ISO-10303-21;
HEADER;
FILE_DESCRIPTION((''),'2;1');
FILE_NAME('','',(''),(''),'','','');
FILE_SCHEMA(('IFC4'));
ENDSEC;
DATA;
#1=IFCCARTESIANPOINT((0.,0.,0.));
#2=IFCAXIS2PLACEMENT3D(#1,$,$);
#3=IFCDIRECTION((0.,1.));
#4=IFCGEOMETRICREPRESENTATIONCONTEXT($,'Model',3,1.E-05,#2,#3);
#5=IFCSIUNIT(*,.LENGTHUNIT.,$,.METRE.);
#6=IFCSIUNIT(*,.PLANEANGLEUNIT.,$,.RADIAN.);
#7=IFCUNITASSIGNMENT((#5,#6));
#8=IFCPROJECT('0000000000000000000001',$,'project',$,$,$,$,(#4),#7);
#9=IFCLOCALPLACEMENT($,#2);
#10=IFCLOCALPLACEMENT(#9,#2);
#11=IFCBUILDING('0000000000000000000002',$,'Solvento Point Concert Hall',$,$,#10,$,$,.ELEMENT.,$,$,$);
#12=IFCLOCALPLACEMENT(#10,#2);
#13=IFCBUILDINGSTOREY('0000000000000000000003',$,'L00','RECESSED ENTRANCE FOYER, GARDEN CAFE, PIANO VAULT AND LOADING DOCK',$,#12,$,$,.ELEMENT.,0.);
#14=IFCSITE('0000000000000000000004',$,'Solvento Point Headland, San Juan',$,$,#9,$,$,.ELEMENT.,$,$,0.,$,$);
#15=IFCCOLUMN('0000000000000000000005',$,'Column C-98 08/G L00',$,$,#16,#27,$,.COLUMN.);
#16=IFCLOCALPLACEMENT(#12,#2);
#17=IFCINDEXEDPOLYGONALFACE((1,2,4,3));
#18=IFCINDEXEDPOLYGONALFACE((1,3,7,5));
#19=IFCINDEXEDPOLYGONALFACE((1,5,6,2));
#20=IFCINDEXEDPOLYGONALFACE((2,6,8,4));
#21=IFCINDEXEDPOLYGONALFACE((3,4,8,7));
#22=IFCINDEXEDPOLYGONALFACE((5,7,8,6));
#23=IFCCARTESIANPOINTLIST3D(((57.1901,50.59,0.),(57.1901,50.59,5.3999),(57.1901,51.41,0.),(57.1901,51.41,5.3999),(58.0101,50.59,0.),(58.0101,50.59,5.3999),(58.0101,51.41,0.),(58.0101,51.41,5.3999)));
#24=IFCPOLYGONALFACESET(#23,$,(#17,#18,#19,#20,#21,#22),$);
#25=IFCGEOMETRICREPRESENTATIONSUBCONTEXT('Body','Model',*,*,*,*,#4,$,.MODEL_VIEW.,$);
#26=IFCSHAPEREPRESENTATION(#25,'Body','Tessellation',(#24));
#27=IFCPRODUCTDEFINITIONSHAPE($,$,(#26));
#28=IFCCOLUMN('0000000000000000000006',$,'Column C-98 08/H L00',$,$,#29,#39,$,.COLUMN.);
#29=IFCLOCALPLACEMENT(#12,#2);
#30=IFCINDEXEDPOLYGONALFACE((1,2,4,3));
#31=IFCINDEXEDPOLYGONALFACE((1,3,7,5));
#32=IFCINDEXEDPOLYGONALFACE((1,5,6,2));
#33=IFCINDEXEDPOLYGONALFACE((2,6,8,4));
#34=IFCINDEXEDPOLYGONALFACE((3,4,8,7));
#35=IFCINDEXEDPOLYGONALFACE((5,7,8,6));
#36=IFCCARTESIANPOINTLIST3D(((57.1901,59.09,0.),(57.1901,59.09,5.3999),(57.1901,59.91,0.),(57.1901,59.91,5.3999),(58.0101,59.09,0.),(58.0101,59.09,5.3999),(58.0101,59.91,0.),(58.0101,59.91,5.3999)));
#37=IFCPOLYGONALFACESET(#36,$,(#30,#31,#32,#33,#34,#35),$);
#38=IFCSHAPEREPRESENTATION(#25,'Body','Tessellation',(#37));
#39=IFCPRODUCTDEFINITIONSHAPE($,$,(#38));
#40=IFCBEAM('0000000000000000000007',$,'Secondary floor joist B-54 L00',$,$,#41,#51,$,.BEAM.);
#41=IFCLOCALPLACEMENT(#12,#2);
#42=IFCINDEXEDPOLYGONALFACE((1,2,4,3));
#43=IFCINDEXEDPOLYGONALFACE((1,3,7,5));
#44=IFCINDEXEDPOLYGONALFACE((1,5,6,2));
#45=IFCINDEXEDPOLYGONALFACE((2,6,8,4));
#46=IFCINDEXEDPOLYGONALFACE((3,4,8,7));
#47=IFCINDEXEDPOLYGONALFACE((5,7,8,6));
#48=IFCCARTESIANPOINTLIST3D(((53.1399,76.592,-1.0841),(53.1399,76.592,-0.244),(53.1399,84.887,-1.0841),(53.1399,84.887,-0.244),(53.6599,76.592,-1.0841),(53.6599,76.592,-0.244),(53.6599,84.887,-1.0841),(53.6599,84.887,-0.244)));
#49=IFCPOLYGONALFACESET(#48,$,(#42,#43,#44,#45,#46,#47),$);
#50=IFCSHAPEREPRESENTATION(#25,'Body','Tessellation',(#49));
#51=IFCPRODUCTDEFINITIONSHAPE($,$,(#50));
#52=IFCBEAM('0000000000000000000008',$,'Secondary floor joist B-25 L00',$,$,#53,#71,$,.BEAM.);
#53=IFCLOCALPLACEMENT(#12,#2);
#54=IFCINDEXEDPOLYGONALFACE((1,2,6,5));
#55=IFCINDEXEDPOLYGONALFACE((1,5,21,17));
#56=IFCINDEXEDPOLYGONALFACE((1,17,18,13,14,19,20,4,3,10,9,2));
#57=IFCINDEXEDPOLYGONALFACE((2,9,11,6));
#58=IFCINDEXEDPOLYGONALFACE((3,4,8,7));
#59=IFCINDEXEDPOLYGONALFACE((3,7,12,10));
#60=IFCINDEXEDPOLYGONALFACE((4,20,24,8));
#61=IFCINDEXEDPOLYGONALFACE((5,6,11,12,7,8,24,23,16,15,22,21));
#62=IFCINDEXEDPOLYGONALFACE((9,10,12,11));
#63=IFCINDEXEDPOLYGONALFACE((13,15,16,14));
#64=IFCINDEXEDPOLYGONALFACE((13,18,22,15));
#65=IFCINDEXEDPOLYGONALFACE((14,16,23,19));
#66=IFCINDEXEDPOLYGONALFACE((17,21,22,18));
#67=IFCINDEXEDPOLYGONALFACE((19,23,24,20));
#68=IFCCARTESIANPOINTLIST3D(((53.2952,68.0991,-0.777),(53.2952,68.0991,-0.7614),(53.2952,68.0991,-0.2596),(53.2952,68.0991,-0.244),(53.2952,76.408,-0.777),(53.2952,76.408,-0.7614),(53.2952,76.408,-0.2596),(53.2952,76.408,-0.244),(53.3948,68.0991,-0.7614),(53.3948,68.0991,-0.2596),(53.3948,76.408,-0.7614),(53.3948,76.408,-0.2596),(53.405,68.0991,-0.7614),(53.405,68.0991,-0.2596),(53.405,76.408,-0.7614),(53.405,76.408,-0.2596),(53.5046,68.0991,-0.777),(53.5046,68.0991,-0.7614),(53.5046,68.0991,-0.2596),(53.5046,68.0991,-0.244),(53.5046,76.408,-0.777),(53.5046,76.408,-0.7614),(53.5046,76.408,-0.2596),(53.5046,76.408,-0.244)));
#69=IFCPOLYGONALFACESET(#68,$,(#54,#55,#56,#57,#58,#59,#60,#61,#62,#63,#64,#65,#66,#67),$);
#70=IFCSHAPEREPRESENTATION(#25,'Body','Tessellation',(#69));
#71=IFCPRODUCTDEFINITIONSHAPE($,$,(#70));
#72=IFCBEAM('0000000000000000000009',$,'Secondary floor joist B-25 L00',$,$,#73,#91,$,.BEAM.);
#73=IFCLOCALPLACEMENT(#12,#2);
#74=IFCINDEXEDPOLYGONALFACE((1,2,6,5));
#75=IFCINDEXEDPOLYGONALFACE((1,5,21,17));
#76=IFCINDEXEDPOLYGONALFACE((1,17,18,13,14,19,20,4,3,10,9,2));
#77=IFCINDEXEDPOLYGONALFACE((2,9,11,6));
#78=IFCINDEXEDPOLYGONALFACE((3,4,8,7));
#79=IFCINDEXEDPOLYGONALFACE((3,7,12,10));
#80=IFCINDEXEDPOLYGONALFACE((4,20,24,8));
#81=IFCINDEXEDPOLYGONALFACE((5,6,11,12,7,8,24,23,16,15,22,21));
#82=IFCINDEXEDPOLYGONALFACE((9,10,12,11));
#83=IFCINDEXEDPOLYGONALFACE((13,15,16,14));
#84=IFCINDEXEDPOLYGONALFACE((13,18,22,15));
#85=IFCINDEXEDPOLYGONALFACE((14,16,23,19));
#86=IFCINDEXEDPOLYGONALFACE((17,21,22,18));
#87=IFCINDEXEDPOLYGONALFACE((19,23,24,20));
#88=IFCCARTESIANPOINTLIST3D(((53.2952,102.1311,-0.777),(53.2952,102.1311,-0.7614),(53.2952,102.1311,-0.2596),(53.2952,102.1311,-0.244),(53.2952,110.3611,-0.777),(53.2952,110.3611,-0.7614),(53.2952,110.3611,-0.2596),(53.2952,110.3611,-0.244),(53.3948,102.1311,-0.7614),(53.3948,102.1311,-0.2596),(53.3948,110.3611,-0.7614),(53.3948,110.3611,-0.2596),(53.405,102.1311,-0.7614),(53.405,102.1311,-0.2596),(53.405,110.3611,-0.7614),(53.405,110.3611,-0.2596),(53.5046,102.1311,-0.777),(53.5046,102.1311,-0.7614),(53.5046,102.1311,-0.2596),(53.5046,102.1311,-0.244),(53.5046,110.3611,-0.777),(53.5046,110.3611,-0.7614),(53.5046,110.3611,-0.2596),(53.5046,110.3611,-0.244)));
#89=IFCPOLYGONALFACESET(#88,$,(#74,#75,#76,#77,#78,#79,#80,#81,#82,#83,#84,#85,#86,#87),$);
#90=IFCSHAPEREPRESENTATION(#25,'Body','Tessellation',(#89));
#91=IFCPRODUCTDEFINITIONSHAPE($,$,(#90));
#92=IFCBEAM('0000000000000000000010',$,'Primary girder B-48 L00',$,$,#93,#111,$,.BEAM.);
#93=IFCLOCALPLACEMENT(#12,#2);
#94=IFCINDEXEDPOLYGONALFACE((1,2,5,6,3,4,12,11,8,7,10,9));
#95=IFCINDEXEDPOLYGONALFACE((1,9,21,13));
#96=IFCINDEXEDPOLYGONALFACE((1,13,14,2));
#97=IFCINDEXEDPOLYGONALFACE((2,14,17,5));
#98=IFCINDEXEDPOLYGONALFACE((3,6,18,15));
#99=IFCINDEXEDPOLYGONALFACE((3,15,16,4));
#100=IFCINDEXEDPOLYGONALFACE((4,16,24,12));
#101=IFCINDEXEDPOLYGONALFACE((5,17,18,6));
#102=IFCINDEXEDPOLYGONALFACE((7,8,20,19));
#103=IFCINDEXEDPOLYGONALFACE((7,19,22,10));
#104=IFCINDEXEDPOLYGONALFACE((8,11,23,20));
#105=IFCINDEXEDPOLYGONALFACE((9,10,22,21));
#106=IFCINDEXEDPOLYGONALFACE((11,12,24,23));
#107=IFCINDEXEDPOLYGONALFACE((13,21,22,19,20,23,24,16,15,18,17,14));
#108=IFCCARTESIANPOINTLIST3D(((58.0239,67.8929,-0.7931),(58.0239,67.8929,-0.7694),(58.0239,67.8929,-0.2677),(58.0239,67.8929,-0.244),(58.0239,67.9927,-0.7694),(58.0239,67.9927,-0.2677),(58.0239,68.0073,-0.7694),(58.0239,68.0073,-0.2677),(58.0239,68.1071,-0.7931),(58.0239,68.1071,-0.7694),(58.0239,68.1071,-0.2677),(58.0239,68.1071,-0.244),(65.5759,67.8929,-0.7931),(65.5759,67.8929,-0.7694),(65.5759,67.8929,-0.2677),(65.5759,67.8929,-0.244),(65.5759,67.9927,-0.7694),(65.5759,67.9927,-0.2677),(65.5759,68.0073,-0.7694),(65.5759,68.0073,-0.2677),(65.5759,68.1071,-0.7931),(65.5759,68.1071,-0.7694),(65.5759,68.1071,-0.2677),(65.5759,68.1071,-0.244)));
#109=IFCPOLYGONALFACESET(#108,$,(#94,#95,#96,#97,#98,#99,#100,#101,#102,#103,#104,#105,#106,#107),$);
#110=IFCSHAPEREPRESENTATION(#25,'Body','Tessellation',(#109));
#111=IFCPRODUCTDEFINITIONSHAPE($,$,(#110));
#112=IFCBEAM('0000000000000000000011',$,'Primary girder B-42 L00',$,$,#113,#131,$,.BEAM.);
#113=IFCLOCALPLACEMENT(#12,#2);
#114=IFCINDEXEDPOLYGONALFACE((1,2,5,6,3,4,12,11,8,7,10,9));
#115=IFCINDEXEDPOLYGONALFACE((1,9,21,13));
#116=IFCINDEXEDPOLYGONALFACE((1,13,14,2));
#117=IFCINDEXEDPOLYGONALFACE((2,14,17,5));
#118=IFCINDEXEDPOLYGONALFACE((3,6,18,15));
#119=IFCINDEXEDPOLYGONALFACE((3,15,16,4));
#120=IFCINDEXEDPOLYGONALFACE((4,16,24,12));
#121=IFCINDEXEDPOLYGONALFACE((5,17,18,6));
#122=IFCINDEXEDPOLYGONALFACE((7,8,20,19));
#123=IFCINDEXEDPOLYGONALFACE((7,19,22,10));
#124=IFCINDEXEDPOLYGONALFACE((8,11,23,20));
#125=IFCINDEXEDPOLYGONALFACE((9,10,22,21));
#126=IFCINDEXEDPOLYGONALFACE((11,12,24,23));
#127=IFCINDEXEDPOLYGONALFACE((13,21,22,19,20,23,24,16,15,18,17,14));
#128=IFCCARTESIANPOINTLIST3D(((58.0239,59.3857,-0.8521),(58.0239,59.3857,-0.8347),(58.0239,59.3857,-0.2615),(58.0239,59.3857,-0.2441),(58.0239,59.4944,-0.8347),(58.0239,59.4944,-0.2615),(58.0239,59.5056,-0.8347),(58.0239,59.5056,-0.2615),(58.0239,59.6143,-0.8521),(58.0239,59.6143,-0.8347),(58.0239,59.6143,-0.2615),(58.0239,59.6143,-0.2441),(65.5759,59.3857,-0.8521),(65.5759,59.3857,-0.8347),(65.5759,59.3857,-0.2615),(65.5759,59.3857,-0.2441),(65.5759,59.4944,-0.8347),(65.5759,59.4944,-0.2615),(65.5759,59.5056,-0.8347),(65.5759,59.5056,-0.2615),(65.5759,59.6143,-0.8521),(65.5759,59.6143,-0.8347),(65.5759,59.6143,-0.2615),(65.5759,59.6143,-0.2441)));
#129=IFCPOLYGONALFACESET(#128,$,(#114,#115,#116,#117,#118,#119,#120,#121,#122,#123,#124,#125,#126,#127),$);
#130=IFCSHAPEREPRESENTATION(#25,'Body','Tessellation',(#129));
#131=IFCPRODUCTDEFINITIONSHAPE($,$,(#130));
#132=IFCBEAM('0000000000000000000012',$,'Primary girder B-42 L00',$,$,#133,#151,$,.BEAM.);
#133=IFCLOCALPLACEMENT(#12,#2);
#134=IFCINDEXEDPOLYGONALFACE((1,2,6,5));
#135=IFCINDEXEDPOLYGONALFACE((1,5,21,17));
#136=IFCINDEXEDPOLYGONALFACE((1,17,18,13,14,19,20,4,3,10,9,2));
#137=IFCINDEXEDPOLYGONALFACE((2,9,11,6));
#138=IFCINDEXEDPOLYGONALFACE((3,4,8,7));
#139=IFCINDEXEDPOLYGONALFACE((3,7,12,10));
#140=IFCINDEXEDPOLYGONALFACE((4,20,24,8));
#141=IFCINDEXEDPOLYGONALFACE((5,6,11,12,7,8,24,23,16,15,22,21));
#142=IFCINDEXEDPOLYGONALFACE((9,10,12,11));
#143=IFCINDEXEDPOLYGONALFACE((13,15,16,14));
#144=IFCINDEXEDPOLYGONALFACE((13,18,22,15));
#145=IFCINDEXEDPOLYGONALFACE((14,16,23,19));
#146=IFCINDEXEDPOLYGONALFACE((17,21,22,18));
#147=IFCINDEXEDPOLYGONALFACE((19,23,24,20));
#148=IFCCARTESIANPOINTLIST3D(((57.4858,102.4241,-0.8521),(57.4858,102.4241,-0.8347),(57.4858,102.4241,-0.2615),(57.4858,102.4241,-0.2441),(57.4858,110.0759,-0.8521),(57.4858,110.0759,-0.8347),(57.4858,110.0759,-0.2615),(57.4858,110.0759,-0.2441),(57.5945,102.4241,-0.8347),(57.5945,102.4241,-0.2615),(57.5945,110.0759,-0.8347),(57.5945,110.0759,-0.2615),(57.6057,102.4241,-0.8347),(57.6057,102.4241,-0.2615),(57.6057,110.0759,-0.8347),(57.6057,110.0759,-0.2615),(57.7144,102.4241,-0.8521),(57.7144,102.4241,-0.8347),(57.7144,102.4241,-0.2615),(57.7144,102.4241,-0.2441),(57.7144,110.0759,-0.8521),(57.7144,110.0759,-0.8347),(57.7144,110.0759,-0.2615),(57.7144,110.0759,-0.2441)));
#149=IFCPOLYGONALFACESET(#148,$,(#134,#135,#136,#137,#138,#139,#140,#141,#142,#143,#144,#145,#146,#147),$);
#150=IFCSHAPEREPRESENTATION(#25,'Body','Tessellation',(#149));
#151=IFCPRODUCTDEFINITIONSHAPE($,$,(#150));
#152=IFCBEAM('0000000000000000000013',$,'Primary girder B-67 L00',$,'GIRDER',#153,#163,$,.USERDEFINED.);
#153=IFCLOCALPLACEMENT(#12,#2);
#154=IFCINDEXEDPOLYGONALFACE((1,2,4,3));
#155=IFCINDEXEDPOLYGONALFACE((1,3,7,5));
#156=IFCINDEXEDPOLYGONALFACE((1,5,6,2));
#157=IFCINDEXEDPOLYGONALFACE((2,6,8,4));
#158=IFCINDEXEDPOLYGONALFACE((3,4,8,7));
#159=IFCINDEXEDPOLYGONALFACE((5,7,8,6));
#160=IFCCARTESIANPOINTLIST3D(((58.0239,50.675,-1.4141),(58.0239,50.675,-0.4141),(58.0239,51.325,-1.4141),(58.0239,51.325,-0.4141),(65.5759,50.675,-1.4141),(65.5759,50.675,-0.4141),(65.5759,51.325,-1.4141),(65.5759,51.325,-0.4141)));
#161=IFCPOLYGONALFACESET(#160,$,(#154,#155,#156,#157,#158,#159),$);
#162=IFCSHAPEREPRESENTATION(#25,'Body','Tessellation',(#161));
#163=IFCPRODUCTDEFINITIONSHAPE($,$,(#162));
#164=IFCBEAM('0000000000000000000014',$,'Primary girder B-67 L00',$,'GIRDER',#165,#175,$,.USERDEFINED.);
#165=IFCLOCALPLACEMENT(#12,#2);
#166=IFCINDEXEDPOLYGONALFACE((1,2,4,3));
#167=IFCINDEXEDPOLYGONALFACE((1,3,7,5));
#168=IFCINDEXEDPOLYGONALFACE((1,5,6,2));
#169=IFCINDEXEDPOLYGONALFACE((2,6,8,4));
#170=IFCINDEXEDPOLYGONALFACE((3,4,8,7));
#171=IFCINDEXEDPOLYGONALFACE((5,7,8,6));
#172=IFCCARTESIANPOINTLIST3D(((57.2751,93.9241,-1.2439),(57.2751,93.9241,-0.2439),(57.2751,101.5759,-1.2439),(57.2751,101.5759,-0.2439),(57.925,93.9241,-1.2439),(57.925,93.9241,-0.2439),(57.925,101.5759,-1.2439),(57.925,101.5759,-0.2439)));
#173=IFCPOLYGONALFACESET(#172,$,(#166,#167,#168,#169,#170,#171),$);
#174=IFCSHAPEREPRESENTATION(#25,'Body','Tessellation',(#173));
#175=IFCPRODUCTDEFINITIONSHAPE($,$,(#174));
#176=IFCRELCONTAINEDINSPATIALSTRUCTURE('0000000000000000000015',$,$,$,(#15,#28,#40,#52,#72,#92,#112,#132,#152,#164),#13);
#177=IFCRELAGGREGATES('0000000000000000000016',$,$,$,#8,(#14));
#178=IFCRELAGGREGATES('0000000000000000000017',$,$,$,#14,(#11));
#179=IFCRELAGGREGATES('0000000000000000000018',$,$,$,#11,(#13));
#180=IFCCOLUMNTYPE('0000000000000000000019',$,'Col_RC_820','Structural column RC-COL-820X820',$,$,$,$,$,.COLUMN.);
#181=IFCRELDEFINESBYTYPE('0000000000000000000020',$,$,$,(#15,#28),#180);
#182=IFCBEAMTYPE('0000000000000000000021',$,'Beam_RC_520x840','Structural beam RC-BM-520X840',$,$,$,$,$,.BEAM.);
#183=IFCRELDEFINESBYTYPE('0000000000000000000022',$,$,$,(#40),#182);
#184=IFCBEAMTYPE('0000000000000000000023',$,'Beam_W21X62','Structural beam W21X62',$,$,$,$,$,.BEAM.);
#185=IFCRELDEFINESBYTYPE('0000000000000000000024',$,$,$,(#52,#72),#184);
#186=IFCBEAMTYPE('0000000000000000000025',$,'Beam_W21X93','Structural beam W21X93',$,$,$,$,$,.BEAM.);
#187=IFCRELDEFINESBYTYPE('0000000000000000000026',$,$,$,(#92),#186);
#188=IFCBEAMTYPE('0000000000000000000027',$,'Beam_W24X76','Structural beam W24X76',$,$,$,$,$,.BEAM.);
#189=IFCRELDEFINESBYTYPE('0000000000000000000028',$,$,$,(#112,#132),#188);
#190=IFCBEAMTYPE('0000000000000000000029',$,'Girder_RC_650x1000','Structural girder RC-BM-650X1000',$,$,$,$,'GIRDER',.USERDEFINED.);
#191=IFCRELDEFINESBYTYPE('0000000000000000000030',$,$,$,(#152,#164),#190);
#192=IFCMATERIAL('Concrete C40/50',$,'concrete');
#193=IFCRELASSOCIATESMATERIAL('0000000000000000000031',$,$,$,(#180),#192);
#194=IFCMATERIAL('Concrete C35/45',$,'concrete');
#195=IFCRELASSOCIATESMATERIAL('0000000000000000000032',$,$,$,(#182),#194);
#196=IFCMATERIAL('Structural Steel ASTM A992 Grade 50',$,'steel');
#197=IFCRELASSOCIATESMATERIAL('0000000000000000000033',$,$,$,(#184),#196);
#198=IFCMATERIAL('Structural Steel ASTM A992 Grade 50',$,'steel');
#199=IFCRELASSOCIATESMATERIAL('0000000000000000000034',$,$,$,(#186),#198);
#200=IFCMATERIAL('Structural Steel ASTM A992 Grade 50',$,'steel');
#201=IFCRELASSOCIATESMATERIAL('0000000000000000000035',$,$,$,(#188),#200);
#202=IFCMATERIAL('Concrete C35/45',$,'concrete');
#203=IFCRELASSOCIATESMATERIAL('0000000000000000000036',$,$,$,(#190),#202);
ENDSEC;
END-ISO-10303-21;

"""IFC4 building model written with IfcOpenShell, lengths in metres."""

from ifc_helpers import new_model, si_unit, direction, frame, origin, origin_2d, place, context, subcontext, project, spatial, rectangle, i_section, extrude, material, material_profile, profile_set, type_object, element, save


model = new_model("IFC4")

# Units and contexts
model_context = context("Model", 3, precision=1e-05, world=origin(), true_north=direction((0.0, 1.0)))
body_context = subcontext(model_context, "Body", "Model", "MODEL_VIEW")
ifc_project = project(units=[si_unit("LENGTHUNIT", "METRE"), si_unit("PLANEANGLEUNIT", "RADIAN")], contexts=[model_context])

# Site, building, storey
site_placement = place(None, origin())
site = spatial("IfcSite", under=ifc_project, at=site_placement, Name="Solvento Point Headland, San Juan", CompositionType="ELEMENT", RefElevation=0.0)
building_placement = place(site_placement, origin())
building = spatial("IfcBuilding", under=site, at=building_placement, Name="Solvento Point Concert Hall", CompositionType="ELEMENT")
storey_placement = place(building_placement, origin())
storey = spatial("IfcBuildingStorey", under=building, at=storey_placement, Name="L00", Description="RECESSED ENTRANCE FOYER, GARDEN CAFE, PIANO VAULT AND LOADING DOCK", CompositionType="ELEMENT", Elevation=0.0)

# Columns
ifc_material_1 = material(Name="Concrete C40/50", Category="concrete")
ifc_material_profile_1 = material_profile(ifc_material_1, rectangle(XDim=0.8201, YDim=0.8201, at=origin_2d()), Name="RC-COL-820X820")
ifc_profile_set_1 = profile_set([ifc_material_profile_1], Name="Concrete C40/50")
column_type = type_object("IfcColumnType", Name="Col_RC_820", Description="Structural column RC-COL-820X820", PredefinedType="COLUMN", material=ifc_profile_set_1)
for number, where, z_axis, x_axis, name in (
    (1, (57.6001, 51.0, 0.0), (0.0, 0.0, 1.0), (1.0, 0.0, 0.0), "Column C-98 08/G L00"),
    (2, (57.6001, 59.5, 0.0), (0.0, 0.0, 1.0), (1.0, 0.0, 0.0), "Column C-98 08/H L00"),
):
    element("IfcColumn", number, at=place(storey_placement, frame(where, z_axis=z_axis, x_axis=x_axis)), inside=storey, type_object=column_type, Name=name, PredefinedType="COLUMN", context=body_context, shape_type="SweptSolid", body=[
        extrude(rectangle(XDim=0.8201, YDim=0.8201, at=origin_2d()), origin(), (0.0, 0.0, 1.0), 5.3999),
    ])

# Beams
ifc_material_2 = material(Name="Concrete C35/45", Category="concrete")
ifc_material_profile_2 = material_profile(ifc_material_2, rectangle(XDim=0.52, YDim=0.8401, at=origin_2d()), Name="RC-BM-520X840")
ifc_profile_set_2 = profile_set([ifc_material_profile_2], Name="Concrete C35/45")
beam_type_1 = type_object("IfcBeamType", Name="Beam_RC_520x840", Description="Structural beam RC-BM-520X840", PredefinedType="BEAM", material=ifc_profile_set_2)
beam_1_placement = place(storey_placement, frame((53.3999, 76.592, -0.6641), z_axis=(0.0, 1.0, 0.0), x_axis=(-1.0, 0.0, 0.0)))
element("IfcBeam", 3, at=beam_1_placement, inside=storey, type_object=beam_type_1, Name="Secondary floor joist B-54 L00", PredefinedType="BEAM", context=body_context, shape_type="SweptSolid", body=[
    extrude(rectangle(XDim=0.52, YDim=0.8401, at=origin_2d()), origin(), (0.0, 0.0, 1.0), 8.2949),
])
ifc_material_3 = material(Name="Structural Steel ASTM A992 Grade 50", Category="steel")
ifc_material_profile_3 = material_profile(ifc_material_3, i_section(OverallWidth=0.2095, OverallDepth=0.533, WebThickness=0.0103, FlangeThickness=0.0156, at=origin_2d()), Name="W21X62")
ifc_profile_set_3 = profile_set([ifc_material_profile_3], Name="Structural Steel ASTM A992 Grade 50")
beam_type_2 = type_object("IfcBeamType", Name="Beam_W21X62", Description="Structural beam W21X62", PredefinedType="BEAM", material=ifc_profile_set_3)
beam_2_placement = place(storey_placement, frame((53.3999, 68.0991, -0.5105), z_axis=(0.0, 1.0, 0.0), x_axis=(-1.0, 0.0, 0.0)))
element("IfcBeam", 4, at=beam_2_placement, inside=storey, type_object=beam_type_2, Name="Secondary floor joist B-25 L00", PredefinedType="BEAM", context=body_context, shape_type="SweptSolid", body=[
    extrude(i_section(OverallWidth=0.2095, OverallDepth=0.533, WebThickness=0.0103, FlangeThickness=0.0156, at=origin_2d()), origin(), (0.0, 0.0, 1.0), 8.3088),
])
beam_3_placement = place(storey_placement, frame((53.3999, 102.1311, -0.5105), z_axis=(0.0, 1.0, 0.0), x_axis=(-1.0, 0.0, 0.0)))
element("IfcBeam", 5, at=beam_3_placement, inside=storey, type_object=beam_type_2, Name="Secondary floor joist B-25 L00", PredefinedType="BEAM", context=body_context, shape_type="SweptSolid", body=[
    extrude(i_section(OverallWidth=0.2095, OverallDepth=0.533, WebThickness=0.0103, FlangeThickness=0.0156, at=origin_2d()), origin(), (0.0, 0.0, 1.0), 8.23),
])
ifc_material_4 = material(Name="Structural Steel ASTM A992 Grade 50", Category="steel")
ifc_material_profile_4 = material_profile(ifc_material_4, i_section(OverallWidth=0.2141, OverallDepth=0.5491, WebThickness=0.0146, FlangeThickness=0.0237, at=origin_2d()), Name="W21X93")
ifc_profile_set_4 = profile_set([ifc_material_profile_4], Name="Structural Steel ASTM A992 Grade 50")
beam_type_3 = type_object("IfcBeamType", Name="Beam_W21X93", Description="Structural beam W21X93", PredefinedType="BEAM", material=ifc_profile_set_4)
beam_4_placement = place(storey_placement, frame((58.0239, 68.0, -0.5186), z_axis=(1.0, 0.0, 0.0), x_axis=(0.0, 1.0, 0.0)))
element("IfcBeam", 6, at=beam_4_placement, inside=storey, type_object=beam_type_3, Name="Primary girder B-48 L00", PredefinedType="BEAM", context=body_context, shape_type="SweptSolid", body=[
    extrude(i_section(OverallWidth=0.2141, OverallDepth=0.5491, WebThickness=0.0146, FlangeThickness=0.0237, at=origin_2d()), origin(), (0.0, 0.0, 1.0), 7.552),
])
ifc_material_5 = material(Name="Structural Steel ASTM A992 Grade 50", Category="steel")
ifc_material_profile_5 = material_profile(ifc_material_5, i_section(OverallWidth=0.2285, OverallDepth=0.6079, WebThickness=0.0112, FlangeThickness=0.0173, at=origin_2d()), Name="W24X76")
ifc_profile_set_5 = profile_set([ifc_material_profile_5], Name="Structural Steel ASTM A992 Grade 50")
beam_type_4 = type_object("IfcBeamType", Name="Beam_W24X76", Description="Structural beam W24X76", PredefinedType="BEAM", material=ifc_profile_set_5)
beam_5_placement = place(storey_placement, frame((58.0239, 59.5, -0.5481), z_axis=(1.0, 0.0, 0.0), x_axis=(0.0, 1.0, 0.0)))
element("IfcBeam", 7, at=beam_5_placement, inside=storey, type_object=beam_type_4, Name="Primary girder B-42 L00", PredefinedType="BEAM", context=body_context, shape_type="SweptSolid", body=[
    extrude(i_section(OverallWidth=0.2285, OverallDepth=0.6079, WebThickness=0.0112, FlangeThickness=0.0173, at=origin_2d()), origin(), (0.0, 0.0, 1.0), 7.552),
])
beam_6_placement = place(storey_placement, frame((57.6001, 102.4241, -0.5481), z_axis=(0.0, 1.0, 0.0), x_axis=(-1.0, 0.0, 0.0)))
element("IfcBeam", 8, at=beam_6_placement, inside=storey, type_object=beam_type_4, Name="Primary girder B-42 L00", PredefinedType="BEAM", context=body_context, shape_type="SweptSolid", body=[
    extrude(i_section(OverallWidth=0.2285, OverallDepth=0.6079, WebThickness=0.0112, FlangeThickness=0.0173, at=origin_2d()), origin(), (0.0, 0.0, 1.0), 7.6519),
])
ifc_material_6 = material(Name="Concrete C35/45", Category="concrete")
ifc_material_profile_6 = material_profile(ifc_material_6, rectangle(XDim=0.6499, YDim=1.0, at=origin_2d()), Name="RC-BM-650X1000")
ifc_profile_set_6 = profile_set([ifc_material_profile_6], Name="Concrete C35/45")
beam_type_5 = type_object("IfcBeamType", Name="Girder_RC_650x1000", Description="Structural girder RC-BM-650X1000", ElementType="GIRDER", PredefinedType="USERDEFINED", material=ifc_profile_set_6)
beam_7_placement = place(storey_placement, frame((58.0239, 51.0, -0.9141), z_axis=(1.0, 0.0, 0.0), x_axis=(0.0, 1.0, 0.0)))
element("IfcBeam", 9, at=beam_7_placement, inside=storey, type_object=beam_type_5, Name="Primary girder B-67 L00", ObjectType="GIRDER", PredefinedType="USERDEFINED", context=body_context, shape_type="SweptSolid", body=[
    extrude(rectangle(XDim=0.6499, YDim=1.0, at=origin_2d()), origin(), (0.0, 0.0, 1.0), 7.552),
])
beam_8_placement = place(storey_placement, frame((57.6001, 93.9241, -0.7439), z_axis=(0.0, 1.0, 0.0), x_axis=(-1.0, 0.0, 0.0)))
element("IfcBeam", 10, at=beam_8_placement, inside=storey, type_object=beam_type_5, Name="Primary girder B-67 L00", ObjectType="GIRDER", PredefinedType="USERDEFINED", context=body_context, shape_type="SweptSolid", body=[
    extrude(rectangle(XDim=0.6499, YDim=1.0, at=origin_2d()), origin(), (0.0, 0.0, 1.0), 7.6519),
])

save(model, "model.ifc")
